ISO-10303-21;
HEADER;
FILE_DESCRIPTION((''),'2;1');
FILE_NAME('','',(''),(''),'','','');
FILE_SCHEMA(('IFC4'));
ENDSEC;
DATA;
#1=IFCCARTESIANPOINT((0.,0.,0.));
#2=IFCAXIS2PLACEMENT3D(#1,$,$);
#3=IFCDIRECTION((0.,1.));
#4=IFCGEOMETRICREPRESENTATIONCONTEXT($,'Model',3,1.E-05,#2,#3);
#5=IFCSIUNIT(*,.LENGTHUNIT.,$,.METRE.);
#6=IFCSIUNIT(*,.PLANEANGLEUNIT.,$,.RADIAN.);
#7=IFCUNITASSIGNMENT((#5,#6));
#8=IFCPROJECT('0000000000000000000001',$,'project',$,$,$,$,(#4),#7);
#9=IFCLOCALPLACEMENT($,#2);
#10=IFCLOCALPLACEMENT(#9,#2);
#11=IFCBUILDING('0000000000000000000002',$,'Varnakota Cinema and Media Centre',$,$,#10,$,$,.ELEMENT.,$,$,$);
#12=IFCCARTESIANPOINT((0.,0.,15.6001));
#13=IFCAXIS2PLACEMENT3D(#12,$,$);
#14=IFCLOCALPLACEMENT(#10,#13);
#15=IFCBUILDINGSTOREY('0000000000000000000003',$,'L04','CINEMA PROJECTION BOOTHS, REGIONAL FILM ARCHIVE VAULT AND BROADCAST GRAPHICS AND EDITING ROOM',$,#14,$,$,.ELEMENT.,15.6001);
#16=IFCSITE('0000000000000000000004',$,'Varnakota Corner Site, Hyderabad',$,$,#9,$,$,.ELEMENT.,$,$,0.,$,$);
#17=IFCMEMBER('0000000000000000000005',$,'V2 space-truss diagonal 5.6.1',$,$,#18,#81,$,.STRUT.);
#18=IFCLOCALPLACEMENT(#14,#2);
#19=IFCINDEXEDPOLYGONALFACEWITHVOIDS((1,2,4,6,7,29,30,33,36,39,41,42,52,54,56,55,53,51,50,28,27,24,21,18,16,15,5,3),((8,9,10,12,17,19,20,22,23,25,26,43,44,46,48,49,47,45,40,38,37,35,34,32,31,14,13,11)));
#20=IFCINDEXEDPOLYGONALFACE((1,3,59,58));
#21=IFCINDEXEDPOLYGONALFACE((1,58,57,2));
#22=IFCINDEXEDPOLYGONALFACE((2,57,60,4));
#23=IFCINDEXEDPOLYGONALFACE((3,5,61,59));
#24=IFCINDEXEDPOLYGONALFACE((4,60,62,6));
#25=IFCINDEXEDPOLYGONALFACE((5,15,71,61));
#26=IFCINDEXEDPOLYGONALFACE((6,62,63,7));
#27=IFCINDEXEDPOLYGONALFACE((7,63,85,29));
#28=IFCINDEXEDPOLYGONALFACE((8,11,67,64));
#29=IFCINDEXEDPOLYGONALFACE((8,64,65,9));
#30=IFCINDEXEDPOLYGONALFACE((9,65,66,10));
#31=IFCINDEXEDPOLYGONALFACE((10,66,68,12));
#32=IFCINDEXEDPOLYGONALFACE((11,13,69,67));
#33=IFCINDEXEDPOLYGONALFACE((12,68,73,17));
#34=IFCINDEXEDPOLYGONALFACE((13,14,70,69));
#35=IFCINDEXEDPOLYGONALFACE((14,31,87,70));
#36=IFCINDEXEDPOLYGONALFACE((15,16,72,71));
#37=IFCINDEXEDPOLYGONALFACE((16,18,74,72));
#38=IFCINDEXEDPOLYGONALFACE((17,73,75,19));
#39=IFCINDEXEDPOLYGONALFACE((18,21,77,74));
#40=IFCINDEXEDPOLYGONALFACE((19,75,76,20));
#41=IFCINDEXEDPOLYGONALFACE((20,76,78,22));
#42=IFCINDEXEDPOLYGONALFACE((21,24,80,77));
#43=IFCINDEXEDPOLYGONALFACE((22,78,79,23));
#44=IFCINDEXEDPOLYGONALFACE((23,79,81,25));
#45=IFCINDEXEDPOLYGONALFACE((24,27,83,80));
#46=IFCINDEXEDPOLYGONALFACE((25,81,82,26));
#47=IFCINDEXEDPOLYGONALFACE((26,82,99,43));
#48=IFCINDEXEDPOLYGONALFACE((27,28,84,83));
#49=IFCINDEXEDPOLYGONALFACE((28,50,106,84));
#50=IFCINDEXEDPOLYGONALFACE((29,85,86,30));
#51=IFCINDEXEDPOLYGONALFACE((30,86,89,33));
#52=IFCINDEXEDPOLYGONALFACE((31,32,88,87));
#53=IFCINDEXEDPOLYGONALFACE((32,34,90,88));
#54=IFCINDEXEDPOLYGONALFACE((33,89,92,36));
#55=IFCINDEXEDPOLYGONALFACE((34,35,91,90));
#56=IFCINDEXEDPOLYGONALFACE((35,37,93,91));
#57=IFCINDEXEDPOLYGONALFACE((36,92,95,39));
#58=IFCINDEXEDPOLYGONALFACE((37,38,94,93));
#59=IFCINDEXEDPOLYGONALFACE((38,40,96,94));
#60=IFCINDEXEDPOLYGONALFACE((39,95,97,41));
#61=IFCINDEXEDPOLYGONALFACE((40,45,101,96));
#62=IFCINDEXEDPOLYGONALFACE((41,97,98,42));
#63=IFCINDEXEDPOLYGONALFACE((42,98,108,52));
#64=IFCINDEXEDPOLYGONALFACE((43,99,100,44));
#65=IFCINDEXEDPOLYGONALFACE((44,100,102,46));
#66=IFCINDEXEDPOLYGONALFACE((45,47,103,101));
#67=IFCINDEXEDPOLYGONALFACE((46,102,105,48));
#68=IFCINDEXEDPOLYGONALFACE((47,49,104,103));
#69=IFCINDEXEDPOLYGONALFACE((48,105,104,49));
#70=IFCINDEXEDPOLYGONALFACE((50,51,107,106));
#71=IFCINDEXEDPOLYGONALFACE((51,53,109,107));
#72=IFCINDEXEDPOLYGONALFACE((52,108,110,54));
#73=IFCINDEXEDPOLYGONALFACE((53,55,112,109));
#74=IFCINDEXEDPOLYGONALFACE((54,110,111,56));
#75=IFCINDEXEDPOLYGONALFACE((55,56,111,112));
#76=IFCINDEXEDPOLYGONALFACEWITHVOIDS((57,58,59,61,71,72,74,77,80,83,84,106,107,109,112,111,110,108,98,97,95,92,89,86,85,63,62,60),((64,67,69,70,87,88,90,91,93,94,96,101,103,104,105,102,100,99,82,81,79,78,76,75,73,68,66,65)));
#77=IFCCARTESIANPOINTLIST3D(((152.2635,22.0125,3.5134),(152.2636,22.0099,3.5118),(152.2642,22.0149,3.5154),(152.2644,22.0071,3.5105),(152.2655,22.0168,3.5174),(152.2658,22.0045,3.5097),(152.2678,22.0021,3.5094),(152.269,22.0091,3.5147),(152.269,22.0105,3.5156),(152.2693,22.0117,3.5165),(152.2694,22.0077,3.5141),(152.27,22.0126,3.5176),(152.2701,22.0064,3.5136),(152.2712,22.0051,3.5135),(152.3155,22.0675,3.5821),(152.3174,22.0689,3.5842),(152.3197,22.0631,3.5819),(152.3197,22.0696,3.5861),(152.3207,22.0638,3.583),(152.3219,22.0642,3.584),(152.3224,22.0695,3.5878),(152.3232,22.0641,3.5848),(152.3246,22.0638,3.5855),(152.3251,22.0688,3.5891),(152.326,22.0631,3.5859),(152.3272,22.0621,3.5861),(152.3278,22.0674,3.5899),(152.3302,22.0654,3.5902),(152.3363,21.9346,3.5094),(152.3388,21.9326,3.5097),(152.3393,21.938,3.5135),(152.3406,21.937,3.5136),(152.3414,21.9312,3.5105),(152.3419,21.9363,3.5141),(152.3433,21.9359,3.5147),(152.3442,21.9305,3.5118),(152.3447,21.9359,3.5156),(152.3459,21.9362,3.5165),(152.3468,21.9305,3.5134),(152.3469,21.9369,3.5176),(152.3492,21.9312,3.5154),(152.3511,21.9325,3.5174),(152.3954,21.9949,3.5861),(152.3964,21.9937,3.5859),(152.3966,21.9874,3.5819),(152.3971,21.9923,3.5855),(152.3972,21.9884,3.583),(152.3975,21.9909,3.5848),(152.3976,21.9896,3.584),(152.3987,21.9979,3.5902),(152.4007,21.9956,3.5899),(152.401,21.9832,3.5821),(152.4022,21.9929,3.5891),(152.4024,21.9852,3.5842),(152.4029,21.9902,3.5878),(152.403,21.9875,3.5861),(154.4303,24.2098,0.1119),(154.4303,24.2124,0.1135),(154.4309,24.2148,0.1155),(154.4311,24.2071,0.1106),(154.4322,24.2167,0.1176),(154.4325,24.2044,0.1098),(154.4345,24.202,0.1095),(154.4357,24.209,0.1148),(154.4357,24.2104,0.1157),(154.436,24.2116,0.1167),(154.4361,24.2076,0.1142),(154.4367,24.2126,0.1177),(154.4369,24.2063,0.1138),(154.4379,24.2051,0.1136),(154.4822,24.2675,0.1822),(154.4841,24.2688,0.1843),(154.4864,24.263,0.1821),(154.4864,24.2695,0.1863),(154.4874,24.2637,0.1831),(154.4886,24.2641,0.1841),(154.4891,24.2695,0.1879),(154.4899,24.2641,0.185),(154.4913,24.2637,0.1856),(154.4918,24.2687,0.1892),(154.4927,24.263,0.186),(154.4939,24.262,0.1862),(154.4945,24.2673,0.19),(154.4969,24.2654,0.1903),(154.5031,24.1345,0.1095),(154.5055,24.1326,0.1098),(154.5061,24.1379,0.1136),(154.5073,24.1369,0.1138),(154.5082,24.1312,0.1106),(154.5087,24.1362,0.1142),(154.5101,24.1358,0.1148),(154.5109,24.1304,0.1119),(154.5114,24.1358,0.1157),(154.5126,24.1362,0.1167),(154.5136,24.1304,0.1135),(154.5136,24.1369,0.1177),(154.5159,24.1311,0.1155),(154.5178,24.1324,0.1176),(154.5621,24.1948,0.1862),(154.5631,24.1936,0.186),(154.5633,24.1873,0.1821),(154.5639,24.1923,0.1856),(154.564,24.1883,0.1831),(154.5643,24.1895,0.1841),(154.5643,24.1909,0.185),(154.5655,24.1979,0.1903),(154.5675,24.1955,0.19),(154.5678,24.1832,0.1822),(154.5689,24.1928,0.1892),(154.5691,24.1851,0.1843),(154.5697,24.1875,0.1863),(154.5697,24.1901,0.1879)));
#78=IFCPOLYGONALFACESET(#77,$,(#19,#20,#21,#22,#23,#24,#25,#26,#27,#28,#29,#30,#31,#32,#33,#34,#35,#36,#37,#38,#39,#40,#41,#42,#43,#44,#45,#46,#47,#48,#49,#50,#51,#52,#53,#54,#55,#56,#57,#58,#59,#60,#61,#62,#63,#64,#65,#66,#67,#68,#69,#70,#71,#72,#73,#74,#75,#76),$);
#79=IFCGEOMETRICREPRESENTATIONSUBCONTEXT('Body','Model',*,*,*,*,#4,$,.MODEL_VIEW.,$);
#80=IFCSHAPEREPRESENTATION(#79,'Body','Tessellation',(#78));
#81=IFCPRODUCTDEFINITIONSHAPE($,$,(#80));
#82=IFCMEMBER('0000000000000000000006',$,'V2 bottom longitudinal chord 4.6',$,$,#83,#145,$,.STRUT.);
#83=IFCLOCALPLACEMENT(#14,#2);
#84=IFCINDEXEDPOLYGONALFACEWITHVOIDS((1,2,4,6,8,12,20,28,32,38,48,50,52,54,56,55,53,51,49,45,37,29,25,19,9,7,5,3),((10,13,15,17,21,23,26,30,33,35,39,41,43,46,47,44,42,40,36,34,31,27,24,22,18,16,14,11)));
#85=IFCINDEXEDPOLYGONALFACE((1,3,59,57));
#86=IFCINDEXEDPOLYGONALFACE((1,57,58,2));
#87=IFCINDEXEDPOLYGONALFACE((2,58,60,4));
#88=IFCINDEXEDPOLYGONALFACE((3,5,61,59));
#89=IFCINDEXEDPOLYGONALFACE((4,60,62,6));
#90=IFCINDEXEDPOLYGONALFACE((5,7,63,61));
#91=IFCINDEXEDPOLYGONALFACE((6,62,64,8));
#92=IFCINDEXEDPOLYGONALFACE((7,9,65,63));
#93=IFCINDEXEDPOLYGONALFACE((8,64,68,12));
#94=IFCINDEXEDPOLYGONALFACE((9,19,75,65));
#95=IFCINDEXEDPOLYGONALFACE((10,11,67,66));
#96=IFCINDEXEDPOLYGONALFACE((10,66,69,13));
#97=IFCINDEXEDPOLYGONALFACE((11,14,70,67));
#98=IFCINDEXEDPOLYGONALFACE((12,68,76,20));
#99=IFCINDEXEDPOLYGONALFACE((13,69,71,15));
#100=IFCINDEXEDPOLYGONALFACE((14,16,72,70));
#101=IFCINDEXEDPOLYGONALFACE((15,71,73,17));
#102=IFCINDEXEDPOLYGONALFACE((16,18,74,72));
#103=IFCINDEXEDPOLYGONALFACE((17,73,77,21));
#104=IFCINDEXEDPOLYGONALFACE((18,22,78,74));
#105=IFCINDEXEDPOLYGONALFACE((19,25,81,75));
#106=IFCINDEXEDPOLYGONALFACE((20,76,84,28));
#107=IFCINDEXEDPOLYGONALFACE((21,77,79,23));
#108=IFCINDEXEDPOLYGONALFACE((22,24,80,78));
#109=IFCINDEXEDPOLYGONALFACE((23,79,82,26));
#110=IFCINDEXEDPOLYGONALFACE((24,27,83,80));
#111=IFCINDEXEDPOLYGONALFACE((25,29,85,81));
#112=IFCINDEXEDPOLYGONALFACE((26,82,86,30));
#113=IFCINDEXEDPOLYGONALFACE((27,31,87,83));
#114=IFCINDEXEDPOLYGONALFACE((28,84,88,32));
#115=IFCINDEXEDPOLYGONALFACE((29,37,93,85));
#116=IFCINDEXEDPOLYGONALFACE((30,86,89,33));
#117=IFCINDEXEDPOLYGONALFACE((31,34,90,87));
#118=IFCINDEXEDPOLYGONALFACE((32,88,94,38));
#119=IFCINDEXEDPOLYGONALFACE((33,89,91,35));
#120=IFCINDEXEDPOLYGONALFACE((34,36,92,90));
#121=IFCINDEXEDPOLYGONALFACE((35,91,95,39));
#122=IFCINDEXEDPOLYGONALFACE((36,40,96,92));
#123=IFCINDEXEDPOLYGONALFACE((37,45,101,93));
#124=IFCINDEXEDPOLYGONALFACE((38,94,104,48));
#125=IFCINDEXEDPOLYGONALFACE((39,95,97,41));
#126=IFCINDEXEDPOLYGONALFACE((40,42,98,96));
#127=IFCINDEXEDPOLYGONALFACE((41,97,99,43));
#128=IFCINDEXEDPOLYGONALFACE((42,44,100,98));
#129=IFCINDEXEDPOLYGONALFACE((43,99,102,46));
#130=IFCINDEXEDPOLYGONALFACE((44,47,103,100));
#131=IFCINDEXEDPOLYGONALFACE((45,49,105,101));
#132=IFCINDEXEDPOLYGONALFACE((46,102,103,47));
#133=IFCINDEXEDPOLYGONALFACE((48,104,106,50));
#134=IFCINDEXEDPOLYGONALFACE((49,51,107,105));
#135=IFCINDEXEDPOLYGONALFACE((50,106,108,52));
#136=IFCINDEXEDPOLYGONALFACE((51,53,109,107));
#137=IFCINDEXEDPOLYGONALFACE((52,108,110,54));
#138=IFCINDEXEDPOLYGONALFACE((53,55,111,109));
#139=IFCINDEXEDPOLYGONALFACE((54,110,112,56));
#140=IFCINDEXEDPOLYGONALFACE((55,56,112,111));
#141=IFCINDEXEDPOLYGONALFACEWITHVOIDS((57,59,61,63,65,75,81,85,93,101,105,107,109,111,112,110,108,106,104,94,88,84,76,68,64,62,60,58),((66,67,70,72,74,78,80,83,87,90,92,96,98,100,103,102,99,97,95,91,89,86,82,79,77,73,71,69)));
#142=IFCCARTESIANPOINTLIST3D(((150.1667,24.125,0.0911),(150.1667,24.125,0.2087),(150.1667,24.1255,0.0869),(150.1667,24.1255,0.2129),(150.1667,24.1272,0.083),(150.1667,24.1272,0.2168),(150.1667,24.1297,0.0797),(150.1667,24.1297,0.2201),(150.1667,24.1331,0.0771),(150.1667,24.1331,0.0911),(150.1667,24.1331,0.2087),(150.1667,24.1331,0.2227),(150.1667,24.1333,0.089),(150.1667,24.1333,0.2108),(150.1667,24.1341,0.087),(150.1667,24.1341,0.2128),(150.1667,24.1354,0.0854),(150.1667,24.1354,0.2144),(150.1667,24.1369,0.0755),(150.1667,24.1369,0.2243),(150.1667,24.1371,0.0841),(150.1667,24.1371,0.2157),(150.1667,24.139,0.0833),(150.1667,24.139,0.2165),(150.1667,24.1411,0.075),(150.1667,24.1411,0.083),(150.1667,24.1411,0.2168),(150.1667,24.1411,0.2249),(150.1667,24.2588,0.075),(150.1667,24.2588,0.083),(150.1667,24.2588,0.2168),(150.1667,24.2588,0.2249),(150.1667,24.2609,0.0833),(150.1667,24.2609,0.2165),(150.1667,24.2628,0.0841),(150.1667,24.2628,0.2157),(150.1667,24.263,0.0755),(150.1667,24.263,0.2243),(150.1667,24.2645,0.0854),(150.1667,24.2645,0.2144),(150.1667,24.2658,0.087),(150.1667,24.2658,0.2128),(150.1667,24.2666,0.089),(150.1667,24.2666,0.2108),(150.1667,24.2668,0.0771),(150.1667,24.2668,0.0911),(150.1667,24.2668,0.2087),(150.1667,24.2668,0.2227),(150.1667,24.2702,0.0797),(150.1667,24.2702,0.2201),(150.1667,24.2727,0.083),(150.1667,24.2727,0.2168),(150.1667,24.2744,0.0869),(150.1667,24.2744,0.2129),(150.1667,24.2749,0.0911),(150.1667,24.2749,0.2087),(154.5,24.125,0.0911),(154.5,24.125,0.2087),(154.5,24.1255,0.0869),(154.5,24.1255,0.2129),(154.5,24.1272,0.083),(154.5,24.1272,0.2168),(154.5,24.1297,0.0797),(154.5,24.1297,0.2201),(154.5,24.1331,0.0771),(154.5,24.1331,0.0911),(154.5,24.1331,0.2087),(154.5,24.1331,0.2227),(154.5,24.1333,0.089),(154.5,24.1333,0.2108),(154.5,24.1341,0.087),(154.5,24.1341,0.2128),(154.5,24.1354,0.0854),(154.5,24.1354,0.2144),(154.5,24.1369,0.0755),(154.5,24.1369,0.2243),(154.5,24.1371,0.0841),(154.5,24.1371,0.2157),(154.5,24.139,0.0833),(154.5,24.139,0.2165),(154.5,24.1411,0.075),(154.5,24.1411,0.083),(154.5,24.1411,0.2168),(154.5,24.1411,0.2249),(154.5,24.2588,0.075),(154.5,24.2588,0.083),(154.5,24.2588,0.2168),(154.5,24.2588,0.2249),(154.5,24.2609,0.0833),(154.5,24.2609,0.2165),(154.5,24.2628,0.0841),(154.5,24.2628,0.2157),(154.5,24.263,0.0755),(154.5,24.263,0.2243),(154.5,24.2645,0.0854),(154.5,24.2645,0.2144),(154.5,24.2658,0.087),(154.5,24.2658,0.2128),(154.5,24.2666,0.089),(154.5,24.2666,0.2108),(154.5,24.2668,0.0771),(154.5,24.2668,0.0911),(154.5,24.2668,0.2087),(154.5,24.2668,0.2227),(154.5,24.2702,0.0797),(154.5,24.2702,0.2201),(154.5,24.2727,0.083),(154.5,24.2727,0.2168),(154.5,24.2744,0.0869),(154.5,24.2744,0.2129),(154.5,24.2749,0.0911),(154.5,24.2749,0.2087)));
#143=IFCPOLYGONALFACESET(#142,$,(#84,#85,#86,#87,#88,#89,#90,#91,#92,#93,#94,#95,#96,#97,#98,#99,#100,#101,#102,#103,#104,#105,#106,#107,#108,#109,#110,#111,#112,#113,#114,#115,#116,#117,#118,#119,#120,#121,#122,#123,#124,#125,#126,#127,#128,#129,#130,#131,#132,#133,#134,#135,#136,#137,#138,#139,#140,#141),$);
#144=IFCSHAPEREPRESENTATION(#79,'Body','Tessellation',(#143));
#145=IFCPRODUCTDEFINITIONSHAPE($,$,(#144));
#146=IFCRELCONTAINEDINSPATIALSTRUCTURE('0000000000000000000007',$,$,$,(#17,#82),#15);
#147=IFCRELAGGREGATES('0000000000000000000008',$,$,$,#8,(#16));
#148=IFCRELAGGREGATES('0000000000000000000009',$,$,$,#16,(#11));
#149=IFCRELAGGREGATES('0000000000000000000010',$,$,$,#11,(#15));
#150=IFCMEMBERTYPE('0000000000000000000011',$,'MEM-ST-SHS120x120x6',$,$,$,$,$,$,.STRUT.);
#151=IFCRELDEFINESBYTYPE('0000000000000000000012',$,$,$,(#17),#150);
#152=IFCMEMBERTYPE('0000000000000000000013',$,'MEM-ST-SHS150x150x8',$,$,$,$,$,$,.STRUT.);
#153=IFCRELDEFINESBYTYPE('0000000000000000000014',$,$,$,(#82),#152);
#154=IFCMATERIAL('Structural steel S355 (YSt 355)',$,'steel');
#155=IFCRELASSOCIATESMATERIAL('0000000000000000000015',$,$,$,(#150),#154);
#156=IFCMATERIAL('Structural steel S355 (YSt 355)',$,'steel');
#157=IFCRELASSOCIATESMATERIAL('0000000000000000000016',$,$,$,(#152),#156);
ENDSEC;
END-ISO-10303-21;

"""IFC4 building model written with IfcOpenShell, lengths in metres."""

from ifc_helpers import new_model, si_unit, direction, frame, origin, origin_2d, place, context, subcontext, project, spatial, hollow_rectangle, extrude, material, material_profile, profile_set, type_object, element, save


model = new_model("IFC4")

# Units and contexts
model_context = context("Model", 3, precision=1e-05, world=origin(), true_north=direction((0.0, 1.0)))
body_context = subcontext(model_context, "Body", "Model", "MODEL_VIEW")
ifc_project = project(units=[si_unit("LENGTHUNIT", "METRE"), si_unit("PLANEANGLEUNIT", "RADIAN")], contexts=[model_context])

# Site, building, storey
site_placement = place(None, origin())
site = spatial("IfcSite", under=ifc_project, at=site_placement, Name="Varnakota Corner Site, Hyderabad", CompositionType="ELEMENT", RefElevation=0.0)
building_placement = place(site_placement, origin())
building = spatial("IfcBuilding", under=site, at=building_placement, Name="Varnakota Cinema and Media Centre", CompositionType="ELEMENT")
storey_placement = place(building_placement, frame((0.0, 0.0, 15.6001)))
storey = spatial("IfcBuildingStorey", under=building, at=storey_placement, Name="L04", Description="CINEMA PROJECTION BOOTHS, REGIONAL FILM ARCHIVE VAULT AND BROADCAST GRAPHICS AND EDITING ROOM", CompositionType="ELEMENT", Elevation=15.6001)

# Members
ifc_material_1 = material(Name="Structural steel S355 (YSt 355)", Category="steel")
ifc_material_profile_1 = material_profile(ifc_material_1, hollow_rectangle(XDim=0.1201, YDim=0.1201, WallThickness=0.0061, InnerFilletRadius=0.0061, OuterFilletRadius=0.012, at=origin_2d()), Name="SHS 120x120x6")
ifc_profile_set_1 = profile_set([ifc_material_profile_1], Name="Structural steel S355 (YSt 355)")
member_type_1 = type_object("IfcMemberType", Name="MEM-ST-SHS120x120x6", PredefinedType="STRUT", material=ifc_profile_set_1)
member_1_placement = place(storey_placement, frame((154.5, 24.2, 0.1499), z_axis=(-0.471769, -0.478999, 0.740266), x_axis=(0.712463, -0.70171, 0.0)))
element("IfcMember", 1, at=member_1_placement, inside=storey, type_object=member_type_1, Name="V2 space-truss diagonal 5.6.1", PredefinedType="STRUT", context=body_context, shape_type="SweptSolid", body=[
    extrude(hollow_rectangle(XDim=0.1201, YDim=0.1201, WallThickness=0.0061, InnerFilletRadius=0.0061, OuterFilletRadius=0.012, at=origin_2d()), origin(), (0.0, 0.0, 1.0), 4.5928),
])
ifc_material_2 = material(Name="Structural steel S355 (YSt 355)", Category="steel")
ifc_material_profile_2 = material_profile(ifc_material_2, hollow_rectangle(XDim=0.1499, YDim=0.1499, WallThickness=0.0081, InnerFilletRadius=0.0081, OuterFilletRadius=0.0161, at=origin_2d()), Name="SHS 150x150x8")
ifc_profile_set_2 = profile_set([ifc_material_profile_2], Name="Structural steel S355 (YSt 355)")
member_type_2 = type_object("IfcMemberType", Name="MEM-ST-SHS150x150x8", PredefinedType="STRUT", material=ifc_profile_set_2)
for number, where, z_axis, x_axis, name in (
    (2, (150.1667, 24.2, 0.1499), (1.0, 0.0, 0.0), (0.0, 1.0, 0.0), "V2 bottom longitudinal chord 4.6"),
):
    element("IfcMember", number, at=place(storey_placement, frame(where, z_axis=z_axis, x_axis=x_axis)), inside=storey, type_object=member_type_2, Name=name, PredefinedType="STRUT", context=body_context, shape_type="SweptSolid", body=[
        extrude(hollow_rectangle(XDim=0.1499, YDim=0.1499, WallThickness=0.0081, InnerFilletRadius=0.0081, OuterFilletRadius=0.0161, at=origin_2d()), origin(), (0.0, 0.0, 1.0), 4.3333),
    ])

save(model, "model.ifc")
